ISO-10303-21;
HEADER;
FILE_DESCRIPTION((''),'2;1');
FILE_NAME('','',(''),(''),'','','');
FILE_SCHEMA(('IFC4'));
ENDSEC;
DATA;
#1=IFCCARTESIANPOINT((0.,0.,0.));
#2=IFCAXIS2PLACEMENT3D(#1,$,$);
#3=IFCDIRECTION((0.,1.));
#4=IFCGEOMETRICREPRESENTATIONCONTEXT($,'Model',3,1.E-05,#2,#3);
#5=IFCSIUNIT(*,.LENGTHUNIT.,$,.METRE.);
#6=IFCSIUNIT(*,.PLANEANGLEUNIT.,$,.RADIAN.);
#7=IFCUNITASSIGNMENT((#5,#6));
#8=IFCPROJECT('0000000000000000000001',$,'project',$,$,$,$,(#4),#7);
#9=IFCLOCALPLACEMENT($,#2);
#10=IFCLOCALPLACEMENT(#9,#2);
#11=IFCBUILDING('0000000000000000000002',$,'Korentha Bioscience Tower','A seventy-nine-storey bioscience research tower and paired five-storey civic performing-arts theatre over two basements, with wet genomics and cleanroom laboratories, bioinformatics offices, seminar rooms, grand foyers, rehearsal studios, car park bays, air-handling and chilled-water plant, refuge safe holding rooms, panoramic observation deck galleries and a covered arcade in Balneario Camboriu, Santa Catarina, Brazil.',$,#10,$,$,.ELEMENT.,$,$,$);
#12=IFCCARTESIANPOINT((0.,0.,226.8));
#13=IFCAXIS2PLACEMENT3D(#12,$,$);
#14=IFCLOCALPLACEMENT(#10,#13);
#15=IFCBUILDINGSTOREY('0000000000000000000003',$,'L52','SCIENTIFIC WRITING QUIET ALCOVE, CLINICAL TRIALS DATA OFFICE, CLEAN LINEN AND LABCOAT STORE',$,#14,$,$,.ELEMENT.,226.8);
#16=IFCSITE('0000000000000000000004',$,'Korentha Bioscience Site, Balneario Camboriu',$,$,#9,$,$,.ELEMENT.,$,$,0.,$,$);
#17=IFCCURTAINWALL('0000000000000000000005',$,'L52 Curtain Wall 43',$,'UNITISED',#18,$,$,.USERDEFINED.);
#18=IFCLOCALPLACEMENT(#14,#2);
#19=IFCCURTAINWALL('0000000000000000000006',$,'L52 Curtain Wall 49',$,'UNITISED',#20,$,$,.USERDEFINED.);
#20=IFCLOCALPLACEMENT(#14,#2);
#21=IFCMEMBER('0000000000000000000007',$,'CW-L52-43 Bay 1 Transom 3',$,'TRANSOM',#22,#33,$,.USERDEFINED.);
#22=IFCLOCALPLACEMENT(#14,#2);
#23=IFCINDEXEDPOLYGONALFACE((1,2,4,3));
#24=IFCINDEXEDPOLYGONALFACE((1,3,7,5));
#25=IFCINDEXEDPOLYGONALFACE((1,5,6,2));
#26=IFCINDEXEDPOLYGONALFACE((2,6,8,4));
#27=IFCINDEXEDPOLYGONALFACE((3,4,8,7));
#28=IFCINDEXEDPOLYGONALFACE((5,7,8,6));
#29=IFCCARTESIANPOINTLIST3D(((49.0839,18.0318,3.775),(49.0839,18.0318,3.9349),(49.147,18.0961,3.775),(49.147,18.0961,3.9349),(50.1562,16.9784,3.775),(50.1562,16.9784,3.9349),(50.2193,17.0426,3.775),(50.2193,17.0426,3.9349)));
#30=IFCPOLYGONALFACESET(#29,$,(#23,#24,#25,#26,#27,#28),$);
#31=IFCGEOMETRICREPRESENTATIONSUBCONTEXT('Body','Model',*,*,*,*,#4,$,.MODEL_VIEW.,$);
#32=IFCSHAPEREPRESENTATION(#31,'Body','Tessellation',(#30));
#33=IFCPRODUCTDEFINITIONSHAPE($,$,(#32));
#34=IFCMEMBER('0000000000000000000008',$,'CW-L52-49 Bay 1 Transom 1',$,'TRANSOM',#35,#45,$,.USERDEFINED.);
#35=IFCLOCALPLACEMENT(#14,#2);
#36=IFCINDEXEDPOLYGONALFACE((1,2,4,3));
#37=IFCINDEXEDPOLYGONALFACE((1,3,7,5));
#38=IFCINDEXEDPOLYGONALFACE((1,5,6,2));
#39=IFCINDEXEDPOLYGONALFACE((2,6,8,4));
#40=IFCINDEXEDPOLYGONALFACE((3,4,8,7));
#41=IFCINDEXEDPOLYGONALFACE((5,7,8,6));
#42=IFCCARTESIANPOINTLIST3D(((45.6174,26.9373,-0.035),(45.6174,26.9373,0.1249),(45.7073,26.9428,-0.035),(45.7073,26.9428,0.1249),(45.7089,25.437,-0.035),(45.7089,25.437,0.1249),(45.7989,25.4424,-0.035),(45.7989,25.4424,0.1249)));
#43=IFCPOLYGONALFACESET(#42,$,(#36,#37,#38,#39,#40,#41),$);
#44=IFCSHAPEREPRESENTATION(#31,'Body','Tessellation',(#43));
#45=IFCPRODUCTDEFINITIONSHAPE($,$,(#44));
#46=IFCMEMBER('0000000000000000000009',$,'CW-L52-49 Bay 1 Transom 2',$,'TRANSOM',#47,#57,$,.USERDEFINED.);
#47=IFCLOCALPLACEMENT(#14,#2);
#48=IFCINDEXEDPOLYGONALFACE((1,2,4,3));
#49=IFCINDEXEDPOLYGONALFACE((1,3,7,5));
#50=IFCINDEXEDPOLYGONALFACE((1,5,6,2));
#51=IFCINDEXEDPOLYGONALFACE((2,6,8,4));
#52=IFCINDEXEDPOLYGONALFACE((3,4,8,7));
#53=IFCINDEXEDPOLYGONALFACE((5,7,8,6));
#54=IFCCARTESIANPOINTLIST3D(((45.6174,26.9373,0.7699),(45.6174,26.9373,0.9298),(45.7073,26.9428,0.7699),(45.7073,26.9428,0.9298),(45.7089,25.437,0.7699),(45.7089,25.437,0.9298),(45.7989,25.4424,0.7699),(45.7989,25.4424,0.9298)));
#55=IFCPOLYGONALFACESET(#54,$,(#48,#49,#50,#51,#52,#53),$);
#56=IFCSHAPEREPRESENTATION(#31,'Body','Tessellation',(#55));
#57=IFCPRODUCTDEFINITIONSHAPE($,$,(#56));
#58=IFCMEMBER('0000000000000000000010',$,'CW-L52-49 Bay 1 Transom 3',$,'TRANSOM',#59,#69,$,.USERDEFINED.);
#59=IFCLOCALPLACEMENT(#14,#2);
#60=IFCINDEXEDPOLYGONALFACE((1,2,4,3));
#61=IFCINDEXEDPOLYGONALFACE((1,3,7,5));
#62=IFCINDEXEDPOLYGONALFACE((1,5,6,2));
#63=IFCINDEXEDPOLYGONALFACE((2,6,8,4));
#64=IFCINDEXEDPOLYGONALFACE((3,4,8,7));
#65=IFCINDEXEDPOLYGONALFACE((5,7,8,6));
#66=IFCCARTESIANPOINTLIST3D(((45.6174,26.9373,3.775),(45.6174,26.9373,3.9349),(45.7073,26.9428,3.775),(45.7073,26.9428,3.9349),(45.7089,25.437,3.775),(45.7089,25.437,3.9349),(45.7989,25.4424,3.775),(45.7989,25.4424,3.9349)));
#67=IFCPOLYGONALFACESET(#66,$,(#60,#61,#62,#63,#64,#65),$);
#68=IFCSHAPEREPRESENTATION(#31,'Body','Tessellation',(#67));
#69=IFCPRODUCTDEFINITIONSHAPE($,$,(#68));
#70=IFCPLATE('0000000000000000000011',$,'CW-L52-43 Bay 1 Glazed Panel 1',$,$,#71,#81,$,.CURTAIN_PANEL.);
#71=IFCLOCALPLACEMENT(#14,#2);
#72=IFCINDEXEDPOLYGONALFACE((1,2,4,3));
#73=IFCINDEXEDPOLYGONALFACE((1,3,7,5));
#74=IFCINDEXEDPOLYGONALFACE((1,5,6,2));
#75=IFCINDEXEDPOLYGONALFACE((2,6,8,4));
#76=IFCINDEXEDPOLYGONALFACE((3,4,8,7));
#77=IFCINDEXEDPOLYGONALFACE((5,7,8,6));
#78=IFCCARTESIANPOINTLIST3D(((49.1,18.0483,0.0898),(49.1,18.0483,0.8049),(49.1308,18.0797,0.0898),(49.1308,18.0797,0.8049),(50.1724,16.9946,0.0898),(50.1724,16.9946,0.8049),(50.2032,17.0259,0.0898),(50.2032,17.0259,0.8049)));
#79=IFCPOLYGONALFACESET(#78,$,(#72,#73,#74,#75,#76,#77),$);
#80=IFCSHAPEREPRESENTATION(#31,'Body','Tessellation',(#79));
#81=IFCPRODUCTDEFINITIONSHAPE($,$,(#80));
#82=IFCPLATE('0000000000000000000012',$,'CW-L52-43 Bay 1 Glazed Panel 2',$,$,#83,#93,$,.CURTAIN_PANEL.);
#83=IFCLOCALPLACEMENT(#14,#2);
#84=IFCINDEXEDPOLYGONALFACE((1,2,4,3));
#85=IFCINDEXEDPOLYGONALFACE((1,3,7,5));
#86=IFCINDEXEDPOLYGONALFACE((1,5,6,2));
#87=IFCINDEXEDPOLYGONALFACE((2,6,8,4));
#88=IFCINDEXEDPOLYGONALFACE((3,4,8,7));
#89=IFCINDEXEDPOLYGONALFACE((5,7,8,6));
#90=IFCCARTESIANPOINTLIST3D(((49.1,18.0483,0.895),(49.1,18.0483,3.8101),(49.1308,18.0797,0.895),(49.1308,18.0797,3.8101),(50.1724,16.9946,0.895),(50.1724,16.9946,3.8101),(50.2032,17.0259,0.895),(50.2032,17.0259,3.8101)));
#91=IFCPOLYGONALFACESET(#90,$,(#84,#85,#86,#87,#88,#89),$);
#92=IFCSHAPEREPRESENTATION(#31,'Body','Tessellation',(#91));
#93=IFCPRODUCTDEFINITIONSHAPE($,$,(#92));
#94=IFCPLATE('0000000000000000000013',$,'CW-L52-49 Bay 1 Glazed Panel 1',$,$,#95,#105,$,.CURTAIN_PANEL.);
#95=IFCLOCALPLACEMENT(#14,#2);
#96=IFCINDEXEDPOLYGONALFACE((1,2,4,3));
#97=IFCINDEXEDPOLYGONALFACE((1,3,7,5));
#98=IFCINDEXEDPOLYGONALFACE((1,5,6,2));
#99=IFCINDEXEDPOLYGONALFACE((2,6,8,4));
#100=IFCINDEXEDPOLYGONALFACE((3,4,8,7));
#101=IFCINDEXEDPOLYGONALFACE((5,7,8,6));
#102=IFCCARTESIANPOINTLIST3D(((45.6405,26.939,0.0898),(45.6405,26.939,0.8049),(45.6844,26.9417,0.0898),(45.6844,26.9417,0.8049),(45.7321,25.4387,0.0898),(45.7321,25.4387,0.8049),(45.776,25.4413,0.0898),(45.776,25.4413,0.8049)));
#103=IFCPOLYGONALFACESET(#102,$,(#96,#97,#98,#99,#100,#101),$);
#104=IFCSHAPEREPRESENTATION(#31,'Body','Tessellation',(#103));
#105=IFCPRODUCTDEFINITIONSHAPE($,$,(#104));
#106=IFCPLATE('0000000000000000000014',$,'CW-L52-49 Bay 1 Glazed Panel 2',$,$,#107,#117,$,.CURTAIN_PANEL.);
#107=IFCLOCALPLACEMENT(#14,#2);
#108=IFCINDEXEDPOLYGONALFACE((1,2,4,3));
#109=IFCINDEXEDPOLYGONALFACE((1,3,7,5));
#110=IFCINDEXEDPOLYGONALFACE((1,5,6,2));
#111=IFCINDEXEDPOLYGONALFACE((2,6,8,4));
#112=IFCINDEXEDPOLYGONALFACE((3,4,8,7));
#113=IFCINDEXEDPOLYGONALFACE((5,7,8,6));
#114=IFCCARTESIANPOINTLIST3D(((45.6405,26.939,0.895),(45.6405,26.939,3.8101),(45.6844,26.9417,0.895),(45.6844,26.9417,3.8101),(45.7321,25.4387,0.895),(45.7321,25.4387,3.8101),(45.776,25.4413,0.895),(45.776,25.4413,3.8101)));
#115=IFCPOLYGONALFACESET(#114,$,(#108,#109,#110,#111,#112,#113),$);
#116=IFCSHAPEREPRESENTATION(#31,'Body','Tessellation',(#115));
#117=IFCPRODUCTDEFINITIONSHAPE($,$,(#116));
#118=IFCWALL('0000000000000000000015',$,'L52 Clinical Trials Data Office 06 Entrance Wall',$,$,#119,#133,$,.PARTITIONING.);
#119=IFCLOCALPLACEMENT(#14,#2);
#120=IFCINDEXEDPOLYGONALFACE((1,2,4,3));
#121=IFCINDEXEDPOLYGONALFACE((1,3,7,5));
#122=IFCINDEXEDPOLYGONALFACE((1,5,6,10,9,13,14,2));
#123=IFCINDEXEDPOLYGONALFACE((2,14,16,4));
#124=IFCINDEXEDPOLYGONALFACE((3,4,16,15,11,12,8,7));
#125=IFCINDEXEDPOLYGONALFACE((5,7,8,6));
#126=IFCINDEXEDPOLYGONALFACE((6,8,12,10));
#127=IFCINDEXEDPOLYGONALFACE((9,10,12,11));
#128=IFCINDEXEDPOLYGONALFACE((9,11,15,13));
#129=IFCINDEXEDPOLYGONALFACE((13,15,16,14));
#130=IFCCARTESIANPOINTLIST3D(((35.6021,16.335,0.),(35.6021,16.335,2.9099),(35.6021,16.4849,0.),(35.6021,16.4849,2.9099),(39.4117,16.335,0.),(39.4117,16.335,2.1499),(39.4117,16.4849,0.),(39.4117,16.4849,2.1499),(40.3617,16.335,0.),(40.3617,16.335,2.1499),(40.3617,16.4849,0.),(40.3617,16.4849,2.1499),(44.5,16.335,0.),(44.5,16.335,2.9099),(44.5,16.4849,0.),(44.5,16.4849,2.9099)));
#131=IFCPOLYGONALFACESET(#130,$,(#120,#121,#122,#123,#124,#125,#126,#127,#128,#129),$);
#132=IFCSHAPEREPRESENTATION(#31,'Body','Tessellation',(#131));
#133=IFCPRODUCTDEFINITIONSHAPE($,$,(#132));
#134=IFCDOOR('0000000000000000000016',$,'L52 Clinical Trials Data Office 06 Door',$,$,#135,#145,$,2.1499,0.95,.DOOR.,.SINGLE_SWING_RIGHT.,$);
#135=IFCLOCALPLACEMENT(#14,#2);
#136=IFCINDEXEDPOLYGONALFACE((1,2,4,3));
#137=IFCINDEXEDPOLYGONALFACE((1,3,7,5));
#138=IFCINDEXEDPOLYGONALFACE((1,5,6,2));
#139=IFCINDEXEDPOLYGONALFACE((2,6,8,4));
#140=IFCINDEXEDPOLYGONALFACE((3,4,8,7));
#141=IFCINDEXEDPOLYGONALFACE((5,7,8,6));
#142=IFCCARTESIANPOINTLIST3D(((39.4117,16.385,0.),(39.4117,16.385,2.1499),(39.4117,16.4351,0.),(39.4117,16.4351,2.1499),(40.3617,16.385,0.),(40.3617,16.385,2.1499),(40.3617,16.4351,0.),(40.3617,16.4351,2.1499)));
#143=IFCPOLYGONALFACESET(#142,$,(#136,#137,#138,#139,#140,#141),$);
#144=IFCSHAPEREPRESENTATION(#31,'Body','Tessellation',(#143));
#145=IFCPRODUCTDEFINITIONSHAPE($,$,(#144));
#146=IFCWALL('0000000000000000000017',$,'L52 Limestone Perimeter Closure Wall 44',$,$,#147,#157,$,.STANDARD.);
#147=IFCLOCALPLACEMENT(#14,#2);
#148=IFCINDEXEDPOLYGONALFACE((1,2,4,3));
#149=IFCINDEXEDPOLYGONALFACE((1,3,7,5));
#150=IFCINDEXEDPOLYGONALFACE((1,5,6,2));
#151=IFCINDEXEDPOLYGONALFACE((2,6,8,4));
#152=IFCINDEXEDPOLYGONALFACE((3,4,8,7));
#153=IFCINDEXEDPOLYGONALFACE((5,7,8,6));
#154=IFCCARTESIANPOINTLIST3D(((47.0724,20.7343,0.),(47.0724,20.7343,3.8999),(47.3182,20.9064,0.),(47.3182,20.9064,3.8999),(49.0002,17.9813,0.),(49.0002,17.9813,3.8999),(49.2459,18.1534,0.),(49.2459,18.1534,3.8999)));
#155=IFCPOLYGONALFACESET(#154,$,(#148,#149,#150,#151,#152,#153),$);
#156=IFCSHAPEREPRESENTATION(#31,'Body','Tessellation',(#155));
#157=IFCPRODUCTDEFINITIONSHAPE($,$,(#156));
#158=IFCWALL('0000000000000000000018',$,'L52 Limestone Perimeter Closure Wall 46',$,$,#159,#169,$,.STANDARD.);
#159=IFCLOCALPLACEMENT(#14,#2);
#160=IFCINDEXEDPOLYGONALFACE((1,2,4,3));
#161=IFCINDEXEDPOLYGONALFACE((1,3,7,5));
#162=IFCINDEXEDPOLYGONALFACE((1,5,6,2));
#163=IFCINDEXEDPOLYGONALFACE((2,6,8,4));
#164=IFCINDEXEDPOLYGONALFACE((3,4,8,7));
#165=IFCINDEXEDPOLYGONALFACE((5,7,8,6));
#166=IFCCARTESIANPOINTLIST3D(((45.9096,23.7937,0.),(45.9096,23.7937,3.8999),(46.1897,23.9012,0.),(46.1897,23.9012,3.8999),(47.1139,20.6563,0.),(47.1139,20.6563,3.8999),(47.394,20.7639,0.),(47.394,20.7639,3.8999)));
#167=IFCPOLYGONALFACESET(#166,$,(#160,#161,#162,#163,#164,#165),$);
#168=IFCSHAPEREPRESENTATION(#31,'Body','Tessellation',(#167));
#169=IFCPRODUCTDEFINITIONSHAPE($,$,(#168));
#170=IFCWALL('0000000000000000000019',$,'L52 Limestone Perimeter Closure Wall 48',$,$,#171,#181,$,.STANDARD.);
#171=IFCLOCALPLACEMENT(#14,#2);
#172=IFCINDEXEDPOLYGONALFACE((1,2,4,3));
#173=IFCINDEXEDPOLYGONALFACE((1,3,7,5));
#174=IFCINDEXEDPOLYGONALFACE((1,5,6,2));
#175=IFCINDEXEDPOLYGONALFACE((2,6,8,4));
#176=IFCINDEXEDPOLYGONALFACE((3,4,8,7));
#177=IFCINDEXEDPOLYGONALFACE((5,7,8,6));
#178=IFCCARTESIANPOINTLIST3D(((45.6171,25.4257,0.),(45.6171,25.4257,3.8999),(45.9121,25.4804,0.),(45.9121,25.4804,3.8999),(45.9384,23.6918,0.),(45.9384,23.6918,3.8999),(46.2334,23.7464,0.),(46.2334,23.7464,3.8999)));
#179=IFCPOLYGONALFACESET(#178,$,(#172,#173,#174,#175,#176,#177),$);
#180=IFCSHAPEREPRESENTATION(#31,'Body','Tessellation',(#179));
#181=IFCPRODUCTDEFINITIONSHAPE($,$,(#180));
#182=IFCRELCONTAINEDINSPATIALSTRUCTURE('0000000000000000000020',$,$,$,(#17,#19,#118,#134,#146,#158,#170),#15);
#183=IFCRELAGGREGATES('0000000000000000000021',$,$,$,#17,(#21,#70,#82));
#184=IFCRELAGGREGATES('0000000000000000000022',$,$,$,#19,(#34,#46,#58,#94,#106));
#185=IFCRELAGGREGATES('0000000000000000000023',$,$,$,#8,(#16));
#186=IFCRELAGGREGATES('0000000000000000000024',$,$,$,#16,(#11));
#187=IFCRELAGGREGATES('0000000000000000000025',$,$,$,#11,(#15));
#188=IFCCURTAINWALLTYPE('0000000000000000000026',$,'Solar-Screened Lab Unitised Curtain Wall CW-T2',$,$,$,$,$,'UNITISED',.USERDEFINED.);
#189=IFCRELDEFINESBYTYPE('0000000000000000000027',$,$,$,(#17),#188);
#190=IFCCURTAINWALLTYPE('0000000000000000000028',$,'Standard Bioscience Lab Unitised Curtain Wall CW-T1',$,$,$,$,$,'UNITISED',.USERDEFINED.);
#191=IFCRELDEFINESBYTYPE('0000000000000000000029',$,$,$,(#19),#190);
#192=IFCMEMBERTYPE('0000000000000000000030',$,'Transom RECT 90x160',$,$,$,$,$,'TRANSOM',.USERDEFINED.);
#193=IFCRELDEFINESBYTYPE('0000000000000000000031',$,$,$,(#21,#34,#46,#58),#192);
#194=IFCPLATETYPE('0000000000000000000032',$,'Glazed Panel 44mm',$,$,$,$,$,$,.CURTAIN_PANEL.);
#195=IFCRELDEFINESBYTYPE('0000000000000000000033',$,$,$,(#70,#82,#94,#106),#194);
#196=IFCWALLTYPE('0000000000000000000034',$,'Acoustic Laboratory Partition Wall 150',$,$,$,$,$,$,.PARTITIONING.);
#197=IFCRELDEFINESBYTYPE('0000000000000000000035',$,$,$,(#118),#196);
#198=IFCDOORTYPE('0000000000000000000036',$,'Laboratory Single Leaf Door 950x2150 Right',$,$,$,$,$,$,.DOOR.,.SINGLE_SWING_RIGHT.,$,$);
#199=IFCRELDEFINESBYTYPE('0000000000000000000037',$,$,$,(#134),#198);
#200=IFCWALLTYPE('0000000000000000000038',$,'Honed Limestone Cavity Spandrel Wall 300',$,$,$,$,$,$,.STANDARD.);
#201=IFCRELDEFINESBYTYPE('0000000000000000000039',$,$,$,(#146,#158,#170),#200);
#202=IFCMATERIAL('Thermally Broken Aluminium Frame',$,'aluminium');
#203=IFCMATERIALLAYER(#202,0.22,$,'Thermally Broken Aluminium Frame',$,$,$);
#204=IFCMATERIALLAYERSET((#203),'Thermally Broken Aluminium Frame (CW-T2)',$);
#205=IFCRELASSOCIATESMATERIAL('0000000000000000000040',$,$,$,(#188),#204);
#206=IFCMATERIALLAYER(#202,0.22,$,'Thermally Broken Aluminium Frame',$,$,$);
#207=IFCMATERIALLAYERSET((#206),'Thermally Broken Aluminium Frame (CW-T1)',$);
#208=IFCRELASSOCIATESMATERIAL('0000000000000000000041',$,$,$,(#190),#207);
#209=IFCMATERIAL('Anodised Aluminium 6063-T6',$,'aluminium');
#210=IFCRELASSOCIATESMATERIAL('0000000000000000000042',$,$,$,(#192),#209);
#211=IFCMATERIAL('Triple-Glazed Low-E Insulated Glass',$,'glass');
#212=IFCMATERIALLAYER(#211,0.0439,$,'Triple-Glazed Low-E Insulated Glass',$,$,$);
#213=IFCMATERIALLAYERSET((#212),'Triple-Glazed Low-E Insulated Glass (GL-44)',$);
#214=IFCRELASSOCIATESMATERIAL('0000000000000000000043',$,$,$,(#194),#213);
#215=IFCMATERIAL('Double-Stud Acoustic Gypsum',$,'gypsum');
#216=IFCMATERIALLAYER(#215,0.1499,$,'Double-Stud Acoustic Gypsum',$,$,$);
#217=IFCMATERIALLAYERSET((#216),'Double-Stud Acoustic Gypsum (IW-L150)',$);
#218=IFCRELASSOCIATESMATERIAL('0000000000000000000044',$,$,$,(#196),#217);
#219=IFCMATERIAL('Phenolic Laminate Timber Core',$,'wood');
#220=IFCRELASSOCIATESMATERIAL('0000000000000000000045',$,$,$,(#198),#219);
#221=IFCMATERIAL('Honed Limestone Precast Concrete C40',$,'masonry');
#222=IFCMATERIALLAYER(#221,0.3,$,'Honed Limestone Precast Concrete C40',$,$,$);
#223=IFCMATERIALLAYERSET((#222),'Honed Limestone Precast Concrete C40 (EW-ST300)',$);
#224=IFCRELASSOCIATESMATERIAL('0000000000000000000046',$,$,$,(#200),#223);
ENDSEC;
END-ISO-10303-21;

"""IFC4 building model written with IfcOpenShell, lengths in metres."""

from ifc_helpers import new_model, si_unit, direction, frame, frame_2d, origin, origin_2d, place, context, subcontext, project, spatial, rectangle, extrude, material, layer, layer_set, material_profile, profile_set, type_object, element, fill, aggregate, save


model = new_model("IFC4")

# Units and contexts
model_context = context("Model", 3, precision=1e-05, world=origin(), true_north=direction((0.0, 1.0)))
body_context = subcontext(model_context, "Body", "Model", "MODEL_VIEW")
ifc_project = project(units=[si_unit("LENGTHUNIT", "METRE"), si_unit("PLANEANGLEUNIT", "RADIAN")], contexts=[model_context])

# Site, building, storey
site_placement = place(None, origin())
site = spatial("IfcSite", under=ifc_project, at=site_placement, Name="Korentha Bioscience Site, Balneario Camboriu", CompositionType="ELEMENT", RefElevation=0.0)
building_placement = place(site_placement, origin())
building = spatial("IfcBuilding", under=site, at=building_placement, Name="Korentha Bioscience Tower", Description="A seventy-nine-storey bioscience research tower and paired five-storey civic performing-arts theatre over two basements, with wet genomics and cleanroom laboratories, bioinformatics offices, seminar rooms, grand foyers, rehearsal studios, car park bays, air-handling and chilled-water plant, refuge safe holding rooms, panoramic observation deck galleries and a covered arcade in Balneario Camboriu, Santa Catarina, Brazil.", CompositionType="ELEMENT")
storey_placement = place(building_placement, frame((0.0, 0.0, 226.8)))
storey = spatial("IfcBuildingStorey", under=building, at=storey_placement, Name="L52", Description="SCIENTIFIC WRITING QUIET ALCOVE, CLINICAL TRIALS DATA OFFICE, CLEAN LINEN AND LABCOAT STORE", CompositionType="ELEMENT", Elevation=226.8)

# Curtain walls
ifc_material_1 = material(Name="Thermally Broken Aluminium Frame", Category="aluminium")
ifc_layer_1 = layer(ifc_material_1, 0.22, Name="Thermally Broken Aluminium Frame")
ifc_layer_set_1 = layer_set([ifc_layer_1], Name="Thermally Broken Aluminium Frame (CW-T2)")
curtain_wall_type_1 = type_object("IfcCurtainWallType", Name="Solar-Screened Lab Unitised Curtain Wall CW-T2", ElementType="UNITISED", PredefinedType="USERDEFINED", material=ifc_layer_set_1)
curtain_wall_1_placement = place(storey_placement, origin())
curtain_wall_1 = element("IfcCurtainWall", 1, at=curtain_wall_1_placement, inside=storey, type_object=curtain_wall_type_1, Name="L52 Curtain Wall 43", ObjectType="UNITISED", PredefinedType="USERDEFINED")
ifc_material_2 = material(Name="Anodised Aluminium 6063-T6", Category="aluminium")
ifc_layer_2 = layer(ifc_material_1, 0.22, Name="Thermally Broken Aluminium Frame")
ifc_layer_set_2 = layer_set([ifc_layer_2], Name="Thermally Broken Aluminium Frame (CW-T1)")
curtain_wall_type_2 = type_object("IfcCurtainWallType", Name="Standard Bioscience Lab Unitised Curtain Wall CW-T1", ElementType="UNITISED", PredefinedType="USERDEFINED", material=ifc_layer_set_2)
curtain_wall_2_placement = place(storey_placement, origin())
curtain_wall_2 = element("IfcCurtainWall", 2, at=curtain_wall_2_placement, inside=storey, type_object=curtain_wall_type_2, Name="L52 Curtain Wall 49", ObjectType="UNITISED", PredefinedType="USERDEFINED")

# Members
ifc_material_profile_1 = material_profile(ifc_material_2, rectangle(XDim=0.0901, YDim=0.1599, at=origin_2d()), Name="Anodised Aluminium 6063-T6")
ifc_profile_set_1 = profile_set([ifc_material_profile_1], Name="Anodised Aluminium 6063-T6 (CW-TRN)")
member_type_1 = type_object("IfcMemberType", Name="Transom RECT 90x160", ElementType="TRANSOM", PredefinedType="USERDEFINED", material=ifc_profile_set_1)
member_1_placement = place(storey_placement, frame((50.1877, 17.0105, 3.855), z_axis=(-0.713332, 0.700826, 0.0), x_axis=(-0.700826, -0.713332, 0.0)))
member_1 = element("IfcMember", 3, at=member_1_placement, type_object=member_type_1, Name="CW-L52-43 Bay 1 Transom 3", ObjectType="TRANSOM", PredefinedType="USERDEFINED", context=body_context, shape_type="SweptSolid", body=[
    extrude(rectangle(XDim=0.0901, YDim=0.1599, at=origin_2d()), origin(), (0.0, 0.0, 1.0), 1.5032),
])
member_2_placement = place(storey_placement, frame((45.7539, 25.4397, 0.0449), z_axis=(-0.060902, 0.998144, 0.0), x_axis=(-0.998144, -0.060902, 0.0)))
member_2 = element("IfcMember", 4, at=member_2_placement, type_object=member_type_1, Name="CW-L52-49 Bay 1 Transom 1", ObjectType="TRANSOM", PredefinedType="USERDEFINED", context=body_context, shape_type="SweptSolid", body=[
    extrude(rectangle(XDim=0.0901, YDim=0.1599, at=origin_2d()), origin(), (0.0, 0.0, 1.0), 1.5032),
])
member_3_placement = place(storey_placement, frame((45.7539, 25.4397, 0.8499), z_axis=(-0.060902, 0.998144, 0.0), x_axis=(-0.998144, -0.060902, 0.0)))
member_3 = element("IfcMember", 5, at=member_3_placement, type_object=member_type_1, Name="CW-L52-49 Bay 1 Transom 2", ObjectType="TRANSOM", PredefinedType="USERDEFINED", context=body_context, shape_type="SweptSolid", body=[
    extrude(rectangle(XDim=0.0901, YDim=0.1599, at=origin_2d()), origin(), (0.0, 0.0, 1.0), 1.5032),
])
member_4_placement = place(storey_placement, frame((45.7539, 25.4397, 3.855), z_axis=(-0.060902, 0.998144, 0.0), x_axis=(-0.998144, -0.060902, 0.0)))
member_4 = element("IfcMember", 6, at=member_4_placement, type_object=member_type_1, Name="CW-L52-49 Bay 1 Transom 3", ObjectType="TRANSOM", PredefinedType="USERDEFINED", context=body_context, shape_type="SweptSolid", body=[
    extrude(rectangle(XDim=0.0901, YDim=0.1599, at=origin_2d()), origin(), (0.0, 0.0, 1.0), 1.5032),
])

# Plates
ifc_material_3 = material(Name="Triple-Glazed Low-E Insulated Glass", Category="glass")
ifc_layer_3 = layer(ifc_material_3, 0.0439, Name="Triple-Glazed Low-E Insulated Glass")
ifc_layer_set_3 = layer_set([ifc_layer_3], Name="Triple-Glazed Low-E Insulated Glass (GL-44)")
plate_type = type_object("IfcPlateType", Name="Glazed Panel 44mm", PredefinedType="CURTAIN_PANEL", material=ifc_layer_set_3)
plate_1_placement = place(storey_placement, frame((49.6516, 17.5371, 0.0898), z_axis=(0.0, 0.0, 1.0), x_axis=(-0.713258, 0.700901, 0.0)))
plate_1 = element("IfcPlate", 7, at=plate_1_placement, type_object=plate_type, Name="CW-L52-43 Bay 1 Glazed Panel 1", PredefinedType="CURTAIN_PANEL", context=body_context, shape_type="SweptSolid", body=[
    extrude(rectangle(XDim=1.5034, YDim=0.0439, at=origin_2d()), origin(), (0.0, 0.0, 1.0), 0.7151),
])
plate_2_placement = place(storey_placement, frame((49.6516, 17.5371, 0.895), z_axis=(0.0, 0.0, 1.0), x_axis=(-0.713258, 0.700901, 0.0)))
plate_2 = element("IfcPlate", 8, at=plate_2_placement, type_object=plate_type, Name="CW-L52-43 Bay 1 Glazed Panel 2", PredefinedType="CURTAIN_PANEL", context=body_context, shape_type="SweptSolid", body=[
    extrude(rectangle(XDim=1.5034, YDim=0.0439, at=origin_2d()), origin(), (0.0, 0.0, 1.0), 2.915),
])
aggregate(curtain_wall_1, [member_1, plate_1, plate_2])
plate_3_placement = place(storey_placement, frame((45.7083, 26.1902, 0.0898), z_axis=(0.0, 0.0, 1.0), x_axis=(-0.060954, 0.998141, 0.0)))
plate_3 = element("IfcPlate", 9, at=plate_3_placement, type_object=plate_type, Name="CW-L52-49 Bay 1 Glazed Panel 1", PredefinedType="CURTAIN_PANEL", context=body_context, shape_type="SweptSolid", body=[
    extrude(rectangle(XDim=1.5032, YDim=0.0439, at=origin_2d()), origin(), (0.0, 0.0, 1.0), 0.7151),
])
plate_4_placement = place(storey_placement, frame((45.7083, 26.1902, 0.895), z_axis=(0.0, 0.0, 1.0), x_axis=(-0.060954, 0.998141, 0.0)))
plate_4 = element("IfcPlate", 10, at=plate_4_placement, type_object=plate_type, Name="CW-L52-49 Bay 1 Glazed Panel 2", PredefinedType="CURTAIN_PANEL", context=body_context, shape_type="SweptSolid", body=[
    extrude(rectangle(XDim=1.5032, YDim=0.0439, at=origin_2d()), origin(), (0.0, 0.0, 1.0), 2.915),
])
aggregate(curtain_wall_2, [member_2, member_3, member_4, plate_3, plate_4])

# Wall, opening, door
ifc_material_4 = material(Name="Double-Stud Acoustic Gypsum", Category="gypsum")
ifc_layer_4 = layer(ifc_material_4, 0.1499, Name="Double-Stud Acoustic Gypsum")
ifc_layer_set_4 = layer_set([ifc_layer_4], Name="Double-Stud Acoustic Gypsum (IW-L150)")
wall_type_1 = type_object("IfcWallType", Name="Acoustic Laboratory Partition Wall 150", PredefinedType="PARTITIONING", material=ifc_layer_set_4)
wall_1_placement = place(storey_placement, frame((44.5, 16.4099, 0.0), z_axis=(0.0, 0.0, 1.0), x_axis=(-1.0, 0.0, 0.0)))
wall_1 = element("IfcWall", 11, at=wall_1_placement, inside=storey, type_object=wall_type_1, Name="L52 Clinical Trials Data Office 06 Entrance Wall", PredefinedType="PARTITIONING", context=body_context, shape_type="SweptSolid", body=[
    extrude(rectangle(XDim=8.8979, YDim=0.1499, at=frame_2d((4.449, 0.0))), origin(), (0.0, 0.0, 1.0), 2.9099),
])
opening_placement = place(wall_1_placement, frame((4.1382, 0.0, 0.0)))
opening = element("IfcOpeningElement", 12, at=opening_placement, cuts=wall_1, PredefinedType="OPENING", context=body_context, shape_type="SweptSolid", body=[
    extrude(rectangle(XDim=0.95, YDim=2.1499, at=frame_2d((0.4751, 1.075))), frame((0.0, 0.0898, 0.0), z_axis=(0.0, -1.0, 0.0), x_axis=(1.0, 0.0, 0.0)), (0.0, 0.0, 1.0), 0.1797),
])
ifc_material_5 = material(Name="Phenolic Laminate Timber Core", Category="wood")
door_type = type_object("IfcDoorType", Name="Laboratory Single Leaf Door 950x2150 Right", OperationType="SINGLE_SWING_RIGHT", PredefinedType="DOOR", material=ifc_material_5)
door_placement = place(opening_placement, origin())
door = element("IfcDoor", 13, at=door_placement, inside=storey, type_object=door_type, Name="L52 Clinical Trials Data Office 06 Door", OperationType="SINGLE_SWING_RIGHT", OverallHeight=2.1499, OverallWidth=0.95, PredefinedType="DOOR", context=body_context, shape_type="SweptSolid", body=[
    extrude(rectangle(XDim=0.95, YDim=2.1499, at=frame_2d((0.4751, 1.075))), frame((0.0, 0.0249, 0.0), z_axis=(0.0, -1.0, 0.0), x_axis=(1.0, 0.0, 0.0)), (0.0, 0.0, 1.0), 0.05),
])
fill(opening, door)

# Walls
ifc_material_6 = material(Name="Honed Limestone Precast Concrete C40", Category="masonry")
ifc_layer_5 = layer(ifc_material_6, 0.3, Name="Honed Limestone Precast Concrete C40")
ifc_layer_set_5 = layer_set([ifc_layer_5], Name="Honed Limestone Precast Concrete C40 (EW-ST300)")
wall_type_2 = type_object("IfcWallType", Name="Honed Limestone Cavity Spandrel Wall 300", PredefinedType="STANDARD", material=ifc_layer_set_5)
wall_2_placement = place(storey_placement, frame((49.123, 18.0674, 0.0), z_axis=(0.0, 0.0, 1.0), x_axis=(-0.573599, 0.819136, 0.0)))
element("IfcWall", 14, at=wall_2_placement, inside=storey, type_object=wall_type_2, Name="L52 Limestone Perimeter Closure Wall 44", PredefinedType="STANDARD", context=body_context, shape_type="SweptSolid", body=[
    extrude(rectangle(XDim=3.3608, YDim=0.3, at=frame_2d((1.6804, 0.0))), origin(), (0.0, 0.0, 1.0), 3.8999),
])
wall_3_placement = place(storey_placement, frame((47.2539, 20.7102, 0.0), z_axis=(0.0, 0.0, 1.0), x_axis=(-0.358366, 0.933581, 0.0)))
element("IfcWall", 15, at=wall_3_placement, inside=storey, type_object=wall_type_2, Name="L52 Limestone Perimeter Closure Wall 46", PredefinedType="STANDARD", context=body_context, shape_type="SweptSolid", body=[
    extrude(rectangle(XDim=3.3606, YDim=0.3, at=frame_2d((1.6802, 0.0))), origin(), (0.0, 0.0, 1.0), 3.8999),
])
wall_4_placement = place(storey_placement, frame((46.0859, 23.719, 0.0), z_axis=(0.0, 0.0, 1.0), x_axis=(-0.182198, 0.983262, 0.0)))
element("IfcWall", 16, at=wall_4_placement, inside=storey, type_object=wall_type_2, Name="L52 Limestone Perimeter Closure Wall 48", PredefinedType="STANDARD", context=body_context, shape_type="SweptSolid", body=[
    extrude(rectangle(XDim=1.7634, YDim=0.3, at=frame_2d((0.8818, 0.0))), origin(), (0.0, 0.0, 1.0), 3.8999),
])

save(model, "model.ifc")
